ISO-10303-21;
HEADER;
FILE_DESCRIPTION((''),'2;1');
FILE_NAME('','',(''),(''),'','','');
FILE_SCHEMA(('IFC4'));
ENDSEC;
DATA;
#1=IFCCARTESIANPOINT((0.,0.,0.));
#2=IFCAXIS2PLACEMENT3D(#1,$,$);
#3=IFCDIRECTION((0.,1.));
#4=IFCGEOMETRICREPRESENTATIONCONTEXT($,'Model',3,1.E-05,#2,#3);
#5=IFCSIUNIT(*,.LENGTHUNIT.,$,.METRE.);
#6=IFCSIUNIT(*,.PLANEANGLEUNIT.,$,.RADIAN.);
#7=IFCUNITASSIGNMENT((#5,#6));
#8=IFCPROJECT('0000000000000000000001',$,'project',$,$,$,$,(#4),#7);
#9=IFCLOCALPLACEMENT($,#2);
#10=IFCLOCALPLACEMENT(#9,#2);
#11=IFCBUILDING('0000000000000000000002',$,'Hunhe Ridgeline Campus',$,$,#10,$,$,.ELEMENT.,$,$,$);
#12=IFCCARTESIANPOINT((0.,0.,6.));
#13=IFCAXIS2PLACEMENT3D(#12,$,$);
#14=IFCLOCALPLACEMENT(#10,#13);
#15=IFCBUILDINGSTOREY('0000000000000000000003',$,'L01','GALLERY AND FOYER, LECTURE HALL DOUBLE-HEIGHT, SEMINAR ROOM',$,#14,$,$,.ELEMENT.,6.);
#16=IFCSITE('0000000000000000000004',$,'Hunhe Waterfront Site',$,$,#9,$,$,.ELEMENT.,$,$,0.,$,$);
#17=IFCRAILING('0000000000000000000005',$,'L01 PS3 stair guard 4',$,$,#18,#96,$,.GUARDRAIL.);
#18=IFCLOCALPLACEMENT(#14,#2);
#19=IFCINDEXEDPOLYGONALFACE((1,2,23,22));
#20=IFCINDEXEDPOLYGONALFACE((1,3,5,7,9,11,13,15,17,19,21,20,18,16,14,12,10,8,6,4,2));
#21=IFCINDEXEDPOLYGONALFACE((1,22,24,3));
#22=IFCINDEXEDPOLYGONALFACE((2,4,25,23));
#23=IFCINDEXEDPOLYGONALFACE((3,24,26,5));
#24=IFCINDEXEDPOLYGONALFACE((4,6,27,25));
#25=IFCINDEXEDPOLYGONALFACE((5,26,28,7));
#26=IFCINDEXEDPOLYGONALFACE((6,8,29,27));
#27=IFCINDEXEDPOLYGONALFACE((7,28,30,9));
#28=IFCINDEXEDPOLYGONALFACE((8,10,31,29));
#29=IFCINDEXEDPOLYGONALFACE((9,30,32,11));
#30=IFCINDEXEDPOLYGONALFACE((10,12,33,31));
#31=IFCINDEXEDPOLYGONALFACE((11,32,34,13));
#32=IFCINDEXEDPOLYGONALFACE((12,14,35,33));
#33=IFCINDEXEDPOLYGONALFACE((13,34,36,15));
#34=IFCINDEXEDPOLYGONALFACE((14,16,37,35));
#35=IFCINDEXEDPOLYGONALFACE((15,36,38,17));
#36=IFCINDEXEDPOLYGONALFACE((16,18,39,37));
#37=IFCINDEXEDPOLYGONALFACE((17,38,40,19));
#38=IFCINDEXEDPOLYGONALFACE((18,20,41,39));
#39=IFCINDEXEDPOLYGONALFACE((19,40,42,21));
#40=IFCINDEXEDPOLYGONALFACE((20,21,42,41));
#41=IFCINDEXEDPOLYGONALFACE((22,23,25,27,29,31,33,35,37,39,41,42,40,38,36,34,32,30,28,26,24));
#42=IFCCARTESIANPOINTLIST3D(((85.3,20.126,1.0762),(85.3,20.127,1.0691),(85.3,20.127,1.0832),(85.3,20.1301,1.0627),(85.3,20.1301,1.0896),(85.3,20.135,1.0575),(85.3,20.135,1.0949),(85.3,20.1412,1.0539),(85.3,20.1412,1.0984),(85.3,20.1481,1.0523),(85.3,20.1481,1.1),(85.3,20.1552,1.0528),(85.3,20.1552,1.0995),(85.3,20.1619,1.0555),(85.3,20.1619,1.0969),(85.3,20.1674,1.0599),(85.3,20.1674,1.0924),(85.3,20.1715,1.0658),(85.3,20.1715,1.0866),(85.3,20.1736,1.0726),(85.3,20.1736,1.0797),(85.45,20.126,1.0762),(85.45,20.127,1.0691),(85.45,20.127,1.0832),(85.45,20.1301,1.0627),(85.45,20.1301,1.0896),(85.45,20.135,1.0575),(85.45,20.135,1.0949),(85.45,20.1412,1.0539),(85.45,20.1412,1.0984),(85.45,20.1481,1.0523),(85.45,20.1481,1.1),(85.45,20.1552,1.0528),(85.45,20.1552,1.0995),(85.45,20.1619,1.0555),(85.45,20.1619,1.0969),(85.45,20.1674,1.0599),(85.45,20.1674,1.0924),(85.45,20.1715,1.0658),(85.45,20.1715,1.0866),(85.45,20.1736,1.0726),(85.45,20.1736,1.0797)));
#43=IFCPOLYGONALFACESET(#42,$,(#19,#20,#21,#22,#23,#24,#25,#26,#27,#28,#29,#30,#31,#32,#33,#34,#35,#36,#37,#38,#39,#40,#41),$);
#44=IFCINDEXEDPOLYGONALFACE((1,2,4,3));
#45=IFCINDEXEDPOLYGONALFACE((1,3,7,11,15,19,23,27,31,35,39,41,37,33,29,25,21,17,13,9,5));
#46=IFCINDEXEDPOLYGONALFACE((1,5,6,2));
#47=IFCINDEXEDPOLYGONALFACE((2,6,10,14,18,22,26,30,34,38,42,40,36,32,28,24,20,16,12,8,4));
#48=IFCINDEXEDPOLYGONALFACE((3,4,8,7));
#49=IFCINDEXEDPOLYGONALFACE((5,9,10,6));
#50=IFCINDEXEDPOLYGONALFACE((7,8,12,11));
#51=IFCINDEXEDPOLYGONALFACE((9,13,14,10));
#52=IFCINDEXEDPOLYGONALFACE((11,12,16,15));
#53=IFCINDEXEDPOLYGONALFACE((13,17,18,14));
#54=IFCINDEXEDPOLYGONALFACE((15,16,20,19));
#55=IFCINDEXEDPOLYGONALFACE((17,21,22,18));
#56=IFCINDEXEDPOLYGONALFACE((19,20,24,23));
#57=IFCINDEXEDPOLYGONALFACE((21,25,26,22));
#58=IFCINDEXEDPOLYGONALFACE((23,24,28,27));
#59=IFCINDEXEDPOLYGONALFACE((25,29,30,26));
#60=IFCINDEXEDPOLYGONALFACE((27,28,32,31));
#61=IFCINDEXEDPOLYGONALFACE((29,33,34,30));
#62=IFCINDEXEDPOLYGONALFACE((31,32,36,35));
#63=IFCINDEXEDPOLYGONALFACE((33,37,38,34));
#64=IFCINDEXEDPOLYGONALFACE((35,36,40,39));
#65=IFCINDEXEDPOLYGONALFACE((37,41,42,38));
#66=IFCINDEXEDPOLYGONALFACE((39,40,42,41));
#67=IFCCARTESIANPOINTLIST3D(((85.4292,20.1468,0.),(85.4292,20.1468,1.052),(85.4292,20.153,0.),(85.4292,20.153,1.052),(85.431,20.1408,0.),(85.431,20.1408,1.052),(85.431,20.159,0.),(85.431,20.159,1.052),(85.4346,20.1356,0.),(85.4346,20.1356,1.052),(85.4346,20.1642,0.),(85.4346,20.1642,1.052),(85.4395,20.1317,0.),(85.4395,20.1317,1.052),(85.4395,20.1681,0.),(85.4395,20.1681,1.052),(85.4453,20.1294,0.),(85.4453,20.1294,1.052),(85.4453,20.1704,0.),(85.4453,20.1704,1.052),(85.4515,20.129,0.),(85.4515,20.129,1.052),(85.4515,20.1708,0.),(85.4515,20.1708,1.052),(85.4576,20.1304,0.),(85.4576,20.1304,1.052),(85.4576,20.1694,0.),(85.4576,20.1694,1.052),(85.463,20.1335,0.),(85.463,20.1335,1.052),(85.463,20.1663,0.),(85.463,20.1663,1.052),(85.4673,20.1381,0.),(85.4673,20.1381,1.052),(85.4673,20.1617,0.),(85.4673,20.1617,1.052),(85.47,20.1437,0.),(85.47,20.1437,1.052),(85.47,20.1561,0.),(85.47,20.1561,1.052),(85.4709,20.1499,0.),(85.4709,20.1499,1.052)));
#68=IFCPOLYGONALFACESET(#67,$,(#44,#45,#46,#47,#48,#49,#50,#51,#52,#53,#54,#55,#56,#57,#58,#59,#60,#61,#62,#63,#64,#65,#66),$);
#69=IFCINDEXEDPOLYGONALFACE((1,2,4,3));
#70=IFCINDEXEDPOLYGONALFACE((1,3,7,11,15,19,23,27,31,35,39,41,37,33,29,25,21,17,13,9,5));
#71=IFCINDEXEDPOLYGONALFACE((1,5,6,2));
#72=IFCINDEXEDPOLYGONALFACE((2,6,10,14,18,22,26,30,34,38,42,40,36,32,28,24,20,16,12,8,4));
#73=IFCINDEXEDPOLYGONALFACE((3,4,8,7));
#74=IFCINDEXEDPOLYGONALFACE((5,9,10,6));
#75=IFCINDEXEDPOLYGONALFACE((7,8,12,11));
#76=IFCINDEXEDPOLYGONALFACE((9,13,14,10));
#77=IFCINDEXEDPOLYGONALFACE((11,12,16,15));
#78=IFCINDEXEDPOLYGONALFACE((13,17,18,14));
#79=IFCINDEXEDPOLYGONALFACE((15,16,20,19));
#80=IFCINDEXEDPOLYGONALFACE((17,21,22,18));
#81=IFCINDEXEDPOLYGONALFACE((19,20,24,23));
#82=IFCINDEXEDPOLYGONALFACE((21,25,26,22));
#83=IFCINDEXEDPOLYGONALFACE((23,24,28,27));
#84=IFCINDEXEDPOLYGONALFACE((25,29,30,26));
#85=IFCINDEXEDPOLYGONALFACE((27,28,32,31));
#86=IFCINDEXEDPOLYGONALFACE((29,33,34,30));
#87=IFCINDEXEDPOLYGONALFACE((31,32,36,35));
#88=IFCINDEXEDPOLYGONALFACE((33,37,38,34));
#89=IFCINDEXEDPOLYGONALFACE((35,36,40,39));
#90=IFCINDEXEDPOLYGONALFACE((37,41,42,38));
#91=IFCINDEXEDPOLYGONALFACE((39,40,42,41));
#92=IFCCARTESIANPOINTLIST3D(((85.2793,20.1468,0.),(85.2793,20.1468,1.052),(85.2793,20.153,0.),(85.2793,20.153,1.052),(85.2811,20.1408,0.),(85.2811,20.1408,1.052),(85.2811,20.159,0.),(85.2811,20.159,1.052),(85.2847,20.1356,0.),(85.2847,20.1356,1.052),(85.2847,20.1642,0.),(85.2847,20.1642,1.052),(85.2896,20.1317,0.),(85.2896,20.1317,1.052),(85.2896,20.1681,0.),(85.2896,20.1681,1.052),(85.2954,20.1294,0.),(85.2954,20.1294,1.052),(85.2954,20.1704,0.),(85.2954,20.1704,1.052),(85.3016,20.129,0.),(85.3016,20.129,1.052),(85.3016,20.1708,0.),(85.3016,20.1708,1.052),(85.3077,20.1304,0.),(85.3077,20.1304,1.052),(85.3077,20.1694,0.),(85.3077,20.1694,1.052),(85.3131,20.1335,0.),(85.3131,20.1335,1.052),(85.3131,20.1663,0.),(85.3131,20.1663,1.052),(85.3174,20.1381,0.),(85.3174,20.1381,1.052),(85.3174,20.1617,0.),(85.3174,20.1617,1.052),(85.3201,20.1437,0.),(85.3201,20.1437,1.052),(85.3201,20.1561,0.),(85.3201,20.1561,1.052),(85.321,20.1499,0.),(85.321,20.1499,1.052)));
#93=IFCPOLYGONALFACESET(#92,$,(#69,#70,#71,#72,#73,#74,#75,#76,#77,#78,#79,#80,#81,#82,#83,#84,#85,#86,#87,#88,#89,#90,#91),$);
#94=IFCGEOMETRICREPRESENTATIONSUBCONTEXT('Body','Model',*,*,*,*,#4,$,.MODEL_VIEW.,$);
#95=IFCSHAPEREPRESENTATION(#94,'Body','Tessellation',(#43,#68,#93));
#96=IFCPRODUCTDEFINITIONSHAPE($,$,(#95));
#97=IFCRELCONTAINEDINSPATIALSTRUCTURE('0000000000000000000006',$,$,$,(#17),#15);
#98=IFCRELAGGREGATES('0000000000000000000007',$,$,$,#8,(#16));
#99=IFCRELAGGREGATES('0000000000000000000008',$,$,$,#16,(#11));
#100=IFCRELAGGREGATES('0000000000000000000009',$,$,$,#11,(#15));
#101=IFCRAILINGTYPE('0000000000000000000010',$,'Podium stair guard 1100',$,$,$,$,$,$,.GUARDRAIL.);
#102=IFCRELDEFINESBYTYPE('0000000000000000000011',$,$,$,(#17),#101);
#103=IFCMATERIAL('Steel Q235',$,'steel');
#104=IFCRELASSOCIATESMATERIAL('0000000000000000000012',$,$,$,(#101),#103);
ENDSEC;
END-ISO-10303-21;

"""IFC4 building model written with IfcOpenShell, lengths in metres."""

from ifc_helpers import new_model, si_unit, direction, frame, origin, origin_2d, place, context, subcontext, project, spatial, circle, extrude, material, type_object, element, save


model = new_model("IFC4")

# Units and contexts
model_context = context("Model", 3, precision=1e-05, world=origin(), true_north=direction((0.0, 1.0)))
body_context = subcontext(model_context, "Body", "Model", "MODEL_VIEW")
ifc_project = project(units=[si_unit("LENGTHUNIT", "METRE"), si_unit("PLANEANGLEUNIT", "RADIAN")], contexts=[model_context])

# Site, building, storey
site_placement = place(None, origin())
site = spatial("IfcSite", under=ifc_project, at=site_placement, Name="Hunhe Waterfront Site", CompositionType="ELEMENT", RefElevation=0.0)
building_placement = place(site_placement, origin())
building = spatial("IfcBuilding", under=site, at=building_placement, Name="Hunhe Ridgeline Campus", CompositionType="ELEMENT")
storey_placement = place(building_placement, frame((0.0, 0.0, 6.0)))
storey = spatial("IfcBuildingStorey", under=building, at=storey_placement, Name="L01", Description="GALLERY AND FOYER, LECTURE HALL DOUBLE-HEIGHT, SEMINAR ROOM", CompositionType="ELEMENT", Elevation=6.0)

# Shared definitions
ifc_material_1 = material(Name="Steel Q235", Category="steel")

# Railing
railing_type_1 = type_object("IfcRailingType", Name="Podium stair guard 1100", PredefinedType="GUARDRAIL", material=ifc_material_1)
railing_1_placement = place(storey_placement, frame((85.45, 20.1499, 0.0)))
element("IfcRailing", 1, at=railing_1_placement, inside=storey, type_object=railing_type_1, Name="L01 PS3 stair guard 4", PredefinedType="GUARDRAIL", context=body_context, shape_type="SweptSolid", body=[
    extrude(circle(Radius=0.0239, at=origin_2d()), frame((0.0, 0.0, 1.0762), z_axis=(-1.0, 0.0, 0.0), x_axis=(0.0, -1.0, 0.0)), (0.0, 0.0, 1.0), 0.1499),
    extrude(circle(Radius=0.021, at=origin_2d()), origin(), (0.0, 0.0, 1.0), 1.052),
    extrude(circle(Radius=0.021, at=origin_2d()), frame((-0.1499, 0.0, 0.0)), (0.0, 0.0, 1.0), 1.052),
])

save(model, "model.ifc")
